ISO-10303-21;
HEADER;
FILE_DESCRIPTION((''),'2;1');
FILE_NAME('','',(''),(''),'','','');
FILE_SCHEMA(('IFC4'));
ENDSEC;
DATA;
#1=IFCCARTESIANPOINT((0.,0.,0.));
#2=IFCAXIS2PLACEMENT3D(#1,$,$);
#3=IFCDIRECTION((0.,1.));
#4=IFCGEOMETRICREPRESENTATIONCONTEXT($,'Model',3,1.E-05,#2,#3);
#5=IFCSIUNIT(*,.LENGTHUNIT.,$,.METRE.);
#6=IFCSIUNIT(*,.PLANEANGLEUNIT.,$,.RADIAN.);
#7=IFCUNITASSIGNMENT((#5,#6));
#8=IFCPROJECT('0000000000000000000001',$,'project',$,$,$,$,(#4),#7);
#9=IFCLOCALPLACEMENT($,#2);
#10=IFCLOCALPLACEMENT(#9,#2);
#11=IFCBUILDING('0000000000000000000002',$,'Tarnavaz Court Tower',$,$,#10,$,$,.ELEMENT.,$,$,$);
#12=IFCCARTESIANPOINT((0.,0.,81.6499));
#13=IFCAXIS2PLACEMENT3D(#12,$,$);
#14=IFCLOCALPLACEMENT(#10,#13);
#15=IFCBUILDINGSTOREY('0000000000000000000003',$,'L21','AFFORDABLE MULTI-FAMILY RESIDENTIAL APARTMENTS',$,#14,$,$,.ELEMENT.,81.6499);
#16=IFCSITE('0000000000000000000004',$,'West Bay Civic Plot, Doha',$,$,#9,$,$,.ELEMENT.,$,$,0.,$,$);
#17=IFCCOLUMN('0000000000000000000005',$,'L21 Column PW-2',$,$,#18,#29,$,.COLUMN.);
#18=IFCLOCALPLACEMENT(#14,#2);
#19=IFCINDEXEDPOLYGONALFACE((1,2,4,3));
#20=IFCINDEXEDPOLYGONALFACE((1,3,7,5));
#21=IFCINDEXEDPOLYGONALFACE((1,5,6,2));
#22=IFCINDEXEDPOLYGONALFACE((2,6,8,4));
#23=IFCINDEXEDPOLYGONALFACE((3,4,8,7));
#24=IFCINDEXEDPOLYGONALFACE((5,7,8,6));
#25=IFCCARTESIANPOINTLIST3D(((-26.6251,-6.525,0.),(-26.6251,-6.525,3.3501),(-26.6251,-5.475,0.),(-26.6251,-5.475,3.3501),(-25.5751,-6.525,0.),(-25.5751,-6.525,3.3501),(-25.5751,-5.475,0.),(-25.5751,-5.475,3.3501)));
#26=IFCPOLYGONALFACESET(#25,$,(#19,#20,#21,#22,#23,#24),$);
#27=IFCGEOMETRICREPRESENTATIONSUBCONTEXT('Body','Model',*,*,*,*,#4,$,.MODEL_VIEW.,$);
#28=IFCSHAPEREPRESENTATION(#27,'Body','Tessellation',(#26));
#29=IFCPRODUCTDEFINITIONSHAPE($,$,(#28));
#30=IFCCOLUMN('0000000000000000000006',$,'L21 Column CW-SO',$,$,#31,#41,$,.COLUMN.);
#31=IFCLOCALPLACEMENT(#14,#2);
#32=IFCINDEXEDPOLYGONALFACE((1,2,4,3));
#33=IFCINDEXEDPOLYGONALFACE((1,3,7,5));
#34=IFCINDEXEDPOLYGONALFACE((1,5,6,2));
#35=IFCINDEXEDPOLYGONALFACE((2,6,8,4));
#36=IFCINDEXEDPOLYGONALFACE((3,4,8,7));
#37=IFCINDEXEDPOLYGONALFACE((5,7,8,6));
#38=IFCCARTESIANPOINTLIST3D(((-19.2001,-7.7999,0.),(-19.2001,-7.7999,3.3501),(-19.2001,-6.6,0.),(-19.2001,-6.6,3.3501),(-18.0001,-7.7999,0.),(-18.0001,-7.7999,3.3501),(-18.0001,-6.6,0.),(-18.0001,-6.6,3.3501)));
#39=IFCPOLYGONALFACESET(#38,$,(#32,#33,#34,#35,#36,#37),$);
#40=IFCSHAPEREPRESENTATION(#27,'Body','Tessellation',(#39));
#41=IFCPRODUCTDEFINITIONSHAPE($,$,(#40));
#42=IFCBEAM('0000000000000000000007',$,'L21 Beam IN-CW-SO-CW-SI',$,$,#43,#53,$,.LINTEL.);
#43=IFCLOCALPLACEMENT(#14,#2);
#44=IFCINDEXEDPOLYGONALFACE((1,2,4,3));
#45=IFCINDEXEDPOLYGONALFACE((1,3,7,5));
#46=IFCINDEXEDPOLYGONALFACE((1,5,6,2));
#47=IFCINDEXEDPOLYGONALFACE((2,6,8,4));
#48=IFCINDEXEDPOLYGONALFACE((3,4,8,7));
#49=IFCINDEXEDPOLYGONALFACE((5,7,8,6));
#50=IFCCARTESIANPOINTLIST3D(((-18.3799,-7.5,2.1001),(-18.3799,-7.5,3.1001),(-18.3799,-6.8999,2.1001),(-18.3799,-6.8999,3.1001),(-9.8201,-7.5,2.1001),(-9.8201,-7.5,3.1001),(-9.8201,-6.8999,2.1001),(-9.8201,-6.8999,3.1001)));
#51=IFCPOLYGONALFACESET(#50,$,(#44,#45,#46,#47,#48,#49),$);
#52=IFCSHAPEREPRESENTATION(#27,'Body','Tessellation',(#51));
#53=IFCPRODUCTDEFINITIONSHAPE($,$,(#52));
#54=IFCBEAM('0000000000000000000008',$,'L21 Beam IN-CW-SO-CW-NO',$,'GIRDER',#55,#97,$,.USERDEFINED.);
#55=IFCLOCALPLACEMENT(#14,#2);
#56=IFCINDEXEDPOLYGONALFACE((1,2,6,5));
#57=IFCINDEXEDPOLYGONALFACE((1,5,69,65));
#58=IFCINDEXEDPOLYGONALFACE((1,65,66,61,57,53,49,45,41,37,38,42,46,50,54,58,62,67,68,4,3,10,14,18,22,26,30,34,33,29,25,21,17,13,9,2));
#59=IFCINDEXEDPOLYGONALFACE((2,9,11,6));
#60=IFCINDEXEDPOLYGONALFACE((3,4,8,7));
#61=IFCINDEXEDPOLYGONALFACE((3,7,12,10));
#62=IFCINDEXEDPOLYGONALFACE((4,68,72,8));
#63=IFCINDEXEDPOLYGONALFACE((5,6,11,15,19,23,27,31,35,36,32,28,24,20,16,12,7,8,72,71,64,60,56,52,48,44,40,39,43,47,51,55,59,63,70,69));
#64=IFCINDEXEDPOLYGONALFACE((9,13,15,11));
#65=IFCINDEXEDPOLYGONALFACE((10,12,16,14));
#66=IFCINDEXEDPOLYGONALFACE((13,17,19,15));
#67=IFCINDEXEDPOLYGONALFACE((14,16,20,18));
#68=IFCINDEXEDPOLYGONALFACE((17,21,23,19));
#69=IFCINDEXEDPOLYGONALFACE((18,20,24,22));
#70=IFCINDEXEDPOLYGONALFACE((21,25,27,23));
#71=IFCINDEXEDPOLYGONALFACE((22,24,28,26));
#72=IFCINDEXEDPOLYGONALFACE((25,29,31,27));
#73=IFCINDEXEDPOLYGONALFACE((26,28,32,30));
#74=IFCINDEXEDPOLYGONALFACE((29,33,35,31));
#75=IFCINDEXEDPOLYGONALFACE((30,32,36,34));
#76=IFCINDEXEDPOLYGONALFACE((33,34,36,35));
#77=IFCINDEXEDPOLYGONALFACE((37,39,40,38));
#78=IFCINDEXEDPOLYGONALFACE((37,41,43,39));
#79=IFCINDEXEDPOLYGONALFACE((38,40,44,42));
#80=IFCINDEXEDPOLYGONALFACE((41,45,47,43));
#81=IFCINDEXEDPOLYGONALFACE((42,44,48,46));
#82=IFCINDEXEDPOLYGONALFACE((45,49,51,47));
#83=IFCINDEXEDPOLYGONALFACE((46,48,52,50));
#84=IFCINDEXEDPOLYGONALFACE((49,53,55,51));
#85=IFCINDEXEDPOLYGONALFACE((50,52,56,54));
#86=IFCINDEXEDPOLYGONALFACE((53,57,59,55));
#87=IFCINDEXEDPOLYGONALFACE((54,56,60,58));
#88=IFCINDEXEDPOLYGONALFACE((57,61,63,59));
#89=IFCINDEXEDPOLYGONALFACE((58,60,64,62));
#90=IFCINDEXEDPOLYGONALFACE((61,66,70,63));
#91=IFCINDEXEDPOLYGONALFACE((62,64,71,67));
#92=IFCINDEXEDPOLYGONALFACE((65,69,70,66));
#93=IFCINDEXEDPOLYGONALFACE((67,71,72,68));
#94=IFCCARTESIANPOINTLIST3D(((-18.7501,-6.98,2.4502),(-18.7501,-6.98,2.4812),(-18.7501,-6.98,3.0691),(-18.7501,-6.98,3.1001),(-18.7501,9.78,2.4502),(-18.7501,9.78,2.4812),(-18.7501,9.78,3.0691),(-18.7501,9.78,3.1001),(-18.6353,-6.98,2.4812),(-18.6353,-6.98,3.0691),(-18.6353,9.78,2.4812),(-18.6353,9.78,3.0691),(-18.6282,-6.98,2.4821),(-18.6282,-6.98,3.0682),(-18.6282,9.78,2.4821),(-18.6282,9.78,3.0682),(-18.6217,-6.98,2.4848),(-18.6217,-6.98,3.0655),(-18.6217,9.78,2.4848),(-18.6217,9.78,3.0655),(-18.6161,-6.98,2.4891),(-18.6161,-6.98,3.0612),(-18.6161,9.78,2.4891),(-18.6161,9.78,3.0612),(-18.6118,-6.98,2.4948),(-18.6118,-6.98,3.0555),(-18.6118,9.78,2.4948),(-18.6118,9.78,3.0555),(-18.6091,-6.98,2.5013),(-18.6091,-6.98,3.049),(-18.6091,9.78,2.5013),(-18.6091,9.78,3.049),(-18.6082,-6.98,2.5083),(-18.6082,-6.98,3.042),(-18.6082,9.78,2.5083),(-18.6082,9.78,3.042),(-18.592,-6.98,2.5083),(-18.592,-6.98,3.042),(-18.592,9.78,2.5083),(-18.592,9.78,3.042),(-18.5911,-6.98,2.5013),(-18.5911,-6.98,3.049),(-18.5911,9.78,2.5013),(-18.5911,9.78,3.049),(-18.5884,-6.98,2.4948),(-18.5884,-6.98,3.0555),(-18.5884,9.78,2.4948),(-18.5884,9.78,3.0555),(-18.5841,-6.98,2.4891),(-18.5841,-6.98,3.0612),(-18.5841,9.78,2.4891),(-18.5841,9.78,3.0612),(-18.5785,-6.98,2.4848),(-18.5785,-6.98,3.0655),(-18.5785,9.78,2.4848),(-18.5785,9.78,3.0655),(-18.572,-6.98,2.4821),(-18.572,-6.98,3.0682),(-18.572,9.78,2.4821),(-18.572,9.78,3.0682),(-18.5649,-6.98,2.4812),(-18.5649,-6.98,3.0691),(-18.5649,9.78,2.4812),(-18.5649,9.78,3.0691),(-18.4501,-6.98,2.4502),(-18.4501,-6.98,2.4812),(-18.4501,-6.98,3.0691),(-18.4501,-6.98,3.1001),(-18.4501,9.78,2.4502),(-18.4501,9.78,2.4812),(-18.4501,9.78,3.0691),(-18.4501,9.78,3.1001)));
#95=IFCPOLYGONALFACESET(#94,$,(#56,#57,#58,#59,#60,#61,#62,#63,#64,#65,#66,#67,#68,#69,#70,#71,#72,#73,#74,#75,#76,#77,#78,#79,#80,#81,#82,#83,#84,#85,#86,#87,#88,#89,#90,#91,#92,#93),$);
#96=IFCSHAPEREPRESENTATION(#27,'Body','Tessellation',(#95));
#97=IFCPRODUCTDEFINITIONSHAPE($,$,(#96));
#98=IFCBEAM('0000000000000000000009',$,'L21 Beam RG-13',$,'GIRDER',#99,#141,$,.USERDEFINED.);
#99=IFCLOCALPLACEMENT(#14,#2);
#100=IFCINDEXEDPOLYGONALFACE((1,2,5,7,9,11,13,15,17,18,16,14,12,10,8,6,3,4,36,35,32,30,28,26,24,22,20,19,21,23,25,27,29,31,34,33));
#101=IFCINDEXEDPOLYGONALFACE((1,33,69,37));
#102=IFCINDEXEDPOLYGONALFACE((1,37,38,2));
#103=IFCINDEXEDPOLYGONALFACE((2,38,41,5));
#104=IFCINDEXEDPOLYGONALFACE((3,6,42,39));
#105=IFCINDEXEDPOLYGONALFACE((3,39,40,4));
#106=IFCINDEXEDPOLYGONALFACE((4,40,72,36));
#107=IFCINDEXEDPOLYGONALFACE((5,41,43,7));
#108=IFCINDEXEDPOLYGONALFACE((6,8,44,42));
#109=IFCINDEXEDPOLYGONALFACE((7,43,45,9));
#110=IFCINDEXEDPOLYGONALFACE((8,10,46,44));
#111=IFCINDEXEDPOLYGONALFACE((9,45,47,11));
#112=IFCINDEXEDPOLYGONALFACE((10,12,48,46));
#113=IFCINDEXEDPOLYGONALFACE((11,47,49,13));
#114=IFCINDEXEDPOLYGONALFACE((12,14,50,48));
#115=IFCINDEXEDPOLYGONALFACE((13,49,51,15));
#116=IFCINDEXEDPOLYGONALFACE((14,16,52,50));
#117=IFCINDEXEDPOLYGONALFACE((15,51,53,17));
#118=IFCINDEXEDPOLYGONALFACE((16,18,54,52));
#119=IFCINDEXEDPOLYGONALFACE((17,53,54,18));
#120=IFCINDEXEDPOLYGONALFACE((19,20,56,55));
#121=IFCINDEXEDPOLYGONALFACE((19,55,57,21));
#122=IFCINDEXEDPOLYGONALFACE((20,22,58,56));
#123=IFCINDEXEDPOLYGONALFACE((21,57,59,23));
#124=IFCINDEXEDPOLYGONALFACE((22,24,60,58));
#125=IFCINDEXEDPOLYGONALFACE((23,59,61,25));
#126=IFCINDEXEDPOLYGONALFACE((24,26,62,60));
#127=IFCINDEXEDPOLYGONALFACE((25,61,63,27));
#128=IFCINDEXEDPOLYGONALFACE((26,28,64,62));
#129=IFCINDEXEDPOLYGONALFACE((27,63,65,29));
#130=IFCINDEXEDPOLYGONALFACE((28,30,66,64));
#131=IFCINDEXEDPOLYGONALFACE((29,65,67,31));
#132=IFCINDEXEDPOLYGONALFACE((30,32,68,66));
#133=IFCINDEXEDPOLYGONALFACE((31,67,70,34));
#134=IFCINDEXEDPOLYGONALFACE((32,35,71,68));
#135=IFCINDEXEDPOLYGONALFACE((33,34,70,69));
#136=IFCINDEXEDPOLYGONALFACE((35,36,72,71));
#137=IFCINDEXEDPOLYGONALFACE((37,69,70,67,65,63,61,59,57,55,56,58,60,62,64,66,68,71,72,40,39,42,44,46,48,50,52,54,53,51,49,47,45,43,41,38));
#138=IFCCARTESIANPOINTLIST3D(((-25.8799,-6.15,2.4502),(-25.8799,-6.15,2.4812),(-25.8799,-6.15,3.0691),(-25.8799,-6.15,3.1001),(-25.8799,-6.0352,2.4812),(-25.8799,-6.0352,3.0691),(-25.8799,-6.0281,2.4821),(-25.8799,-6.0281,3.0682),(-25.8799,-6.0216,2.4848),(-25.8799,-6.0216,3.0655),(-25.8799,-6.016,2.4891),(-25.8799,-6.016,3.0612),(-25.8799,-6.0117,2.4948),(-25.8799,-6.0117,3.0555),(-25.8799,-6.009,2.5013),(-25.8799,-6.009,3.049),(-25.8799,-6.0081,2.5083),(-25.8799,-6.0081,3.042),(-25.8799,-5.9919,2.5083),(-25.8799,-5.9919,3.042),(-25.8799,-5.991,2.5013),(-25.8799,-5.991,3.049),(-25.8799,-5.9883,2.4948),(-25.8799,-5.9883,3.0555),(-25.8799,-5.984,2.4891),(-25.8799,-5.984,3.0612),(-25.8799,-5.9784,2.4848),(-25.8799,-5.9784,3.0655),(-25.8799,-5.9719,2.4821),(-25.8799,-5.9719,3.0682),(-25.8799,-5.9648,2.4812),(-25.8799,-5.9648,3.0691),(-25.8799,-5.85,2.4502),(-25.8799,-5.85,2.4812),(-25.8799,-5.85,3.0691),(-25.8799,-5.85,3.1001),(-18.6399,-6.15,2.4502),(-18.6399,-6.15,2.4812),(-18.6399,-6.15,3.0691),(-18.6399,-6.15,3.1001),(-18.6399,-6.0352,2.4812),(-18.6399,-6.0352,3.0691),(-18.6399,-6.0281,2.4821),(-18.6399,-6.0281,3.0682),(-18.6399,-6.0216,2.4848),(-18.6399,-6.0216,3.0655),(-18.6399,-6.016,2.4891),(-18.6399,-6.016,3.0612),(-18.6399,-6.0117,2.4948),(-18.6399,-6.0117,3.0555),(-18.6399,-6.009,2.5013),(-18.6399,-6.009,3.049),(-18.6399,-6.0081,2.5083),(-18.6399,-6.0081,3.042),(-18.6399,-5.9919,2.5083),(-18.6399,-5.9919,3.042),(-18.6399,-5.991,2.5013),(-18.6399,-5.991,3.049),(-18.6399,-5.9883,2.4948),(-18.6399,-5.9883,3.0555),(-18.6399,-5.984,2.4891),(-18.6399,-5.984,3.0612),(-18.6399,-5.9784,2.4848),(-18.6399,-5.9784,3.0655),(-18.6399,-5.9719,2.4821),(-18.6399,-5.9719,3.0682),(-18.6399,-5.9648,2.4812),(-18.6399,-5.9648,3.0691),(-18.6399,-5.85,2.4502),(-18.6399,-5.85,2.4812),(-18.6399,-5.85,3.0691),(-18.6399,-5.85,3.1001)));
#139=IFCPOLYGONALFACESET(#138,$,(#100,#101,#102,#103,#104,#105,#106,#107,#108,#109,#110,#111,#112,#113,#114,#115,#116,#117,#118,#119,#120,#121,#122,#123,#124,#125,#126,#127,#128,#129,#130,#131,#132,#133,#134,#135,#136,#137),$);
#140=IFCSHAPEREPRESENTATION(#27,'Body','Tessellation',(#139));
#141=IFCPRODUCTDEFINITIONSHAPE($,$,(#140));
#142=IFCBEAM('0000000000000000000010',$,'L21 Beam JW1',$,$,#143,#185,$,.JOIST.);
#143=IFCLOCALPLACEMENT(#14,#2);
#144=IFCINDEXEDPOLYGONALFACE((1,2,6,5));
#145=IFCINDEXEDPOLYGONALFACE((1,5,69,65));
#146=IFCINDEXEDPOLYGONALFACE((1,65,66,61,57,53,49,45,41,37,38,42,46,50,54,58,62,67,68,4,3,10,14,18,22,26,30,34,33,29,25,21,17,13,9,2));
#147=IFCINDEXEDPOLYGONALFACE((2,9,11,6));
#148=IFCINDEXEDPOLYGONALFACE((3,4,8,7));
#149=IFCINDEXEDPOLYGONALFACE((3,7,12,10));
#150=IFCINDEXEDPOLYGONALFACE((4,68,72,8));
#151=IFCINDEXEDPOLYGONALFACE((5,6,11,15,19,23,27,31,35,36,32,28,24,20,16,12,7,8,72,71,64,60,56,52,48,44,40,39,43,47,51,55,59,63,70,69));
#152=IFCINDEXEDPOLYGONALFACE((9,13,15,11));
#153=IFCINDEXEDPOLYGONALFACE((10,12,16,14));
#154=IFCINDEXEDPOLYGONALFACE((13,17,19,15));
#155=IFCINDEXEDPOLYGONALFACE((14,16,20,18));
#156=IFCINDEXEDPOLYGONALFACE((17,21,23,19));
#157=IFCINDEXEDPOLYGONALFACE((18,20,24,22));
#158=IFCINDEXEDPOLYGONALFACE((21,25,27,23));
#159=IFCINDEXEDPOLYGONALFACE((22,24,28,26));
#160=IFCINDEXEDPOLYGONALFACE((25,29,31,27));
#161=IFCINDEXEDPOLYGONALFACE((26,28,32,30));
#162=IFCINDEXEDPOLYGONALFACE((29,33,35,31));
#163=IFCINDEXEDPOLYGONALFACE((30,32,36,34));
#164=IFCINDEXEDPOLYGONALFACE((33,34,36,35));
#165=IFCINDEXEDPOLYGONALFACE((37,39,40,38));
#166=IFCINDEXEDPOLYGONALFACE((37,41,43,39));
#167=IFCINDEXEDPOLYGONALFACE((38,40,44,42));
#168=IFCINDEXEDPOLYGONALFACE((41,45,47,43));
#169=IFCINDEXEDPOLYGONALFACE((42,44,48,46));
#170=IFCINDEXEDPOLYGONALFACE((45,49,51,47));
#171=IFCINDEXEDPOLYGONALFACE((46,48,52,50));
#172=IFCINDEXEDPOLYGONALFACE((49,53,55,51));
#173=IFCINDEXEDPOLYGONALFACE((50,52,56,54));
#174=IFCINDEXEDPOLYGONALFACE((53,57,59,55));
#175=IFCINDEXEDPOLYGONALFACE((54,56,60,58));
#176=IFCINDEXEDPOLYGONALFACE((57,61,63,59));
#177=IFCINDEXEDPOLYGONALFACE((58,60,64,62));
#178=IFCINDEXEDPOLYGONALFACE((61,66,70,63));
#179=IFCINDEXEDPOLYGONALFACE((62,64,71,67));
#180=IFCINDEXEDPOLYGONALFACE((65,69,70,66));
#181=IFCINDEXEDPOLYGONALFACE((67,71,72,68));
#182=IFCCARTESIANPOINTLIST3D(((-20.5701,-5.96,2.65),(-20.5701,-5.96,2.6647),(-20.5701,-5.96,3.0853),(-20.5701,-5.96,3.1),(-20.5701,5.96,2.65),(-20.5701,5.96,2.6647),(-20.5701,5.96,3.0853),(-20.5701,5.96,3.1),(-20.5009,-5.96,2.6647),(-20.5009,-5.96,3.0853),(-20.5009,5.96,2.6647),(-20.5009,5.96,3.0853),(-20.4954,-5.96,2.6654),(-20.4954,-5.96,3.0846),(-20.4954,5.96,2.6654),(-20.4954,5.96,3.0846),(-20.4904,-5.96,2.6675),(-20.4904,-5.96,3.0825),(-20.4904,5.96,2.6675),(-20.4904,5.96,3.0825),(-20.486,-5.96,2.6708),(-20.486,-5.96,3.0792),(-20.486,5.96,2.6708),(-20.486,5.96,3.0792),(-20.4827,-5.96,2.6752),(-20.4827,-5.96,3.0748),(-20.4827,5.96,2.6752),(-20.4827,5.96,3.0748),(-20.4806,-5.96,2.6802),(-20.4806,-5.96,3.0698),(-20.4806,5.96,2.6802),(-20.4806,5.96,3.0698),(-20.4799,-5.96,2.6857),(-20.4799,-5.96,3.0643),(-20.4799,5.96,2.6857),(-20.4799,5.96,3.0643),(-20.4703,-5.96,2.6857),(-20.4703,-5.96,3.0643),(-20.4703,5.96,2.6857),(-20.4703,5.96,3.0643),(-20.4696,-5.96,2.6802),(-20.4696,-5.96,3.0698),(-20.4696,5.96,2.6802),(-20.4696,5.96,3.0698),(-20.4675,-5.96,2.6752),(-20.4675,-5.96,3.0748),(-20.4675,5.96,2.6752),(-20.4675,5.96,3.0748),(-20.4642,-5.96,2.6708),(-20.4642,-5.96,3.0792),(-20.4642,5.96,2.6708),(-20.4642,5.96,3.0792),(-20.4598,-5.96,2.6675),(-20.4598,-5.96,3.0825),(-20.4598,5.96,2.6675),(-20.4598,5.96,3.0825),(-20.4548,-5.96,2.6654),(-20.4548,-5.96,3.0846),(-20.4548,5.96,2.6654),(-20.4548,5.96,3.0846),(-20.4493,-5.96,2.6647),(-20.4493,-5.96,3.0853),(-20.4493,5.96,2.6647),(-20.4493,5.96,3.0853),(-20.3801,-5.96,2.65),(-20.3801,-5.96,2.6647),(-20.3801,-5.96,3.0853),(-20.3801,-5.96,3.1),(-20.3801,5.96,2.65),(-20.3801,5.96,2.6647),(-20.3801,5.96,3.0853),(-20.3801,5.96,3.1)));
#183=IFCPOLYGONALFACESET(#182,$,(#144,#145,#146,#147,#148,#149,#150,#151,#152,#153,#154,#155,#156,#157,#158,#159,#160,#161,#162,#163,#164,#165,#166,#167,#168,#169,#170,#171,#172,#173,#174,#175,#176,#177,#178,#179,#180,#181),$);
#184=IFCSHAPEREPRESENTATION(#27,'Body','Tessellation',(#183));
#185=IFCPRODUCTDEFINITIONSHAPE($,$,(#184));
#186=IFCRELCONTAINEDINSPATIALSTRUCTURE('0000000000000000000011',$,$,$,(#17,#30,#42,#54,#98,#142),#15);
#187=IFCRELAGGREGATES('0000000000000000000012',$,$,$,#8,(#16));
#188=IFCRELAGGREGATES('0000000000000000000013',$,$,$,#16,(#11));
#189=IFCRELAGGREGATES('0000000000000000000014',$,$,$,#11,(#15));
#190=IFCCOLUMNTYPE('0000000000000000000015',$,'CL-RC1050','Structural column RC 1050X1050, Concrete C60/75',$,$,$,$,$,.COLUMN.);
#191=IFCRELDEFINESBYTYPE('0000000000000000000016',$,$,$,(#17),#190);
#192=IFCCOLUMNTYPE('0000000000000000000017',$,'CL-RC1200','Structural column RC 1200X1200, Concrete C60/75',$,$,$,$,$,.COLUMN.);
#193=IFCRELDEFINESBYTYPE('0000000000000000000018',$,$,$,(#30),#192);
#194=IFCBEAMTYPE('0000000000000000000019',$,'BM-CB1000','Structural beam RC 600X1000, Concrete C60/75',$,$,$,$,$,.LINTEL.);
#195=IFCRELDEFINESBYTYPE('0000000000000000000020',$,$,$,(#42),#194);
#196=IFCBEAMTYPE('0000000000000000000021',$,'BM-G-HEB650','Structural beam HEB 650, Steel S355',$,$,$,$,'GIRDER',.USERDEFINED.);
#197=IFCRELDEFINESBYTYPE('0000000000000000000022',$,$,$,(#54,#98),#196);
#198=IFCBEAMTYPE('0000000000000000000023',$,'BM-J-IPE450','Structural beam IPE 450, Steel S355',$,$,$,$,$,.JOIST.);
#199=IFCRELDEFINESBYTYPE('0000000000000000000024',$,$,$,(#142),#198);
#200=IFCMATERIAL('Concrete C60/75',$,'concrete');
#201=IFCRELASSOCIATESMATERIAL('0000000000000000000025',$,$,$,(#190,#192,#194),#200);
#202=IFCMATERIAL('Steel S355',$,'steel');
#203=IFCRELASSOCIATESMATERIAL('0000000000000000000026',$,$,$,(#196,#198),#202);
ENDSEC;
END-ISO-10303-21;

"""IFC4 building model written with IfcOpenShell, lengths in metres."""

from ifc_helpers import new_model, si_unit, direction, frame, origin, origin_2d, place, context, subcontext, project, spatial, rectangle, i_section, extrude, material, material_profile, profile_set, type_object, element, save


model = new_model("IFC4")

# Units and contexts
model_context = context("Model", 3, precision=1e-05, world=origin(), true_north=direction((0.0, 1.0)))
body_context = subcontext(model_context, "Body", "Model", "MODEL_VIEW")
ifc_project = project(units=[si_unit("LENGTHUNIT", "METRE"), si_unit("PLANEANGLEUNIT", "RADIAN")], contexts=[model_context])

# Site, building, storey
site_placement = place(None, origin())
site = spatial("IfcSite", under=ifc_project, at=site_placement, Name="West Bay Civic Plot, Doha", CompositionType="ELEMENT", RefElevation=0.0)
building_placement = place(site_placement, origin())
building = spatial("IfcBuilding", under=site, at=building_placement, Name="Tarnavaz Court Tower", CompositionType="ELEMENT")
storey_placement = place(building_placement, frame((0.0, 0.0, 81.6499)))
storey = spatial("IfcBuildingStorey", under=building, at=storey_placement, Name="L21", Description="AFFORDABLE MULTI-FAMILY RESIDENTIAL APARTMENTS", CompositionType="ELEMENT", Elevation=81.6499)

# Columns
ifc_material_1 = material(Name="Concrete C60/75", Category="concrete")
ifc_material_profile_1 = material_profile(ifc_material_1, rectangle(XDim=1.05, YDim=1.05, at=origin_2d()), Name="RC 1050X1050")
ifc_profile_set_1 = profile_set([ifc_material_profile_1], Name="Concrete C60/75")
column_type_1 = type_object("IfcColumnType", Name="CL-RC1050", Description="Structural column RC 1050X1050, Concrete C60/75", PredefinedType="COLUMN", material=ifc_profile_set_1)
column_1_placement = place(storey_placement, frame((-26.1001, -6.0, 0.0), z_axis=(0.0, 0.0, 1.0), x_axis=(1.0, 0.0, 0.0)))
element("IfcColumn", 1, at=column_1_placement, inside=storey, type_object=column_type_1, Name="L21 Column PW-2", PredefinedType="COLUMN", context=body_context, shape_type="SweptSolid", body=[
    extrude(rectangle(XDim=1.05, YDim=1.05, at=origin_2d()), origin(), (0.0, 0.0, 1.0), 3.3501),
])
ifc_material_profile_2 = material_profile(ifc_material_1, rectangle(XDim=1.2, YDim=1.2, at=origin_2d()), Name="RC 1200X1200")
ifc_profile_set_2 = profile_set([ifc_material_profile_2], Name="Concrete C60/75")
column_type_2 = type_object("IfcColumnType", Name="CL-RC1200", Description="Structural column RC 1200X1200, Concrete C60/75", PredefinedType="COLUMN", material=ifc_profile_set_2)
column_2_placement = place(storey_placement, frame((-18.6001, -7.2, 0.0), z_axis=(0.0, 0.0, 1.0), x_axis=(1.0, 0.0, 0.0)))
element("IfcColumn", 2, at=column_2_placement, inside=storey, type_object=column_type_2, Name="L21 Column CW-SO", PredefinedType="COLUMN", context=body_context, shape_type="SweptSolid", body=[
    extrude(rectangle(XDim=1.2, YDim=1.2, at=origin_2d()), origin(), (0.0, 0.0, 1.0), 3.3501),
])

# Beams
ifc_material_profile_3 = material_profile(ifc_material_1, rectangle(XDim=0.6001, YDim=1.0, at=origin_2d()), Name="RC 600X1000")
ifc_profile_set_3 = profile_set([ifc_material_profile_3], Name="Concrete C60/75")
beam_type_1 = type_object("IfcBeamType", Name="BM-CB1000", Description="Structural beam RC 600X1000, Concrete C60/75", PredefinedType="LINTEL", material=ifc_profile_set_3)
beam_1_placement = place(storey_placement, frame((-18.3799, -7.2, 2.6001), z_axis=(1.0, 0.0, 0.0), x_axis=(0.0, 1.0, 0.0)))
element("IfcBeam", 3, at=beam_1_placement, inside=storey, type_object=beam_type_1, Name="L21 Beam IN-CW-SO-CW-SI", PredefinedType="LINTEL", context=body_context, shape_type="SweptSolid", body=[
    extrude(rectangle(XDim=0.6001, YDim=1.0, at=origin_2d()), origin(), (0.0, 0.0, 1.0), 8.5598),
])
ifc_material_2 = material(Name="Steel S355", Category="steel")
ifc_material_profile_4 = material_profile(ifc_material_2, i_section(OverallWidth=0.3, OverallDepth=0.6499, WebThickness=0.0161, FlangeThickness=0.031, FilletRadius=0.0271, at=origin_2d()), Name="HEB 650")
ifc_profile_set_4 = profile_set([ifc_material_profile_4], Name="Steel S355")
beam_type_2 = type_object("IfcBeamType", Name="BM-G-HEB650", Description="Structural beam HEB 650, Steel S355", ElementType="GIRDER", PredefinedType="USERDEFINED", material=ifc_profile_set_4)
beam_2_placement = place(storey_placement, frame((-18.6001, -6.98, 2.7751), z_axis=(0.0, 1.0, 0.0), x_axis=(-1.0, 0.0, 0.0)))
element("IfcBeam", 4, at=beam_2_placement, inside=storey, type_object=beam_type_2, Name="L21 Beam IN-CW-SO-CW-NO", ObjectType="GIRDER", PredefinedType="USERDEFINED", context=body_context, shape_type="SweptSolid", body=[
    extrude(i_section(OverallWidth=0.3, OverallDepth=0.6499, WebThickness=0.0161, FlangeThickness=0.031, FilletRadius=0.0271, at=origin_2d()), origin(), (0.0, 0.0, 1.0), 16.76),
])
beam_3_placement = place(storey_placement, frame((-18.6399, -6.0, 2.7751), z_axis=(-1.0, 0.0, 0.0), x_axis=(0.0, -1.0, 0.0)))
element("IfcBeam", 5, at=beam_3_placement, inside=storey, type_object=beam_type_2, Name="L21 Beam RG-13", ObjectType="GIRDER", PredefinedType="USERDEFINED", context=body_context, shape_type="SweptSolid", body=[
    extrude(i_section(OverallWidth=0.3, OverallDepth=0.6499, WebThickness=0.0161, FlangeThickness=0.031, FilletRadius=0.0271, at=origin_2d()), origin(), (0.0, 0.0, 1.0), 7.24),
])
ifc_material_profile_5 = material_profile(ifc_material_2, i_section(OverallWidth=0.1899, OverallDepth=0.45, WebThickness=0.0095, FlangeThickness=0.0146, FilletRadius=0.021, at=origin_2d()), Name="IPE 450")
ifc_profile_set_5 = profile_set([ifc_material_profile_5], Name="Steel S355")
beam_type_3 = type_object("IfcBeamType", Name="BM-J-IPE450", Description="Structural beam IPE 450, Steel S355", PredefinedType="JOIST", material=ifc_profile_set_5)
for number, where, z_axis, x_axis, name in (
    (6, (-20.4751, -5.96, 2.875), (0.0, 1.0, 0.0), (-1.0, 0.0, 0.0), "L21 Beam JW1"),
):
    element("IfcBeam", number, at=place(storey_placement, frame(where, z_axis=z_axis, x_axis=x_axis)), inside=storey, type_object=beam_type_3, Name=name, PredefinedType="JOIST", context=body_context, shape_type="SweptSolid", body=[
        extrude(i_section(OverallWidth=0.1899, OverallDepth=0.45, WebThickness=0.0095, FlangeThickness=0.0146, FilletRadius=0.021, at=origin_2d()), origin(), (0.0, 0.0, 1.0), 11.9199),
    ])

save(model, "model.ifc")
